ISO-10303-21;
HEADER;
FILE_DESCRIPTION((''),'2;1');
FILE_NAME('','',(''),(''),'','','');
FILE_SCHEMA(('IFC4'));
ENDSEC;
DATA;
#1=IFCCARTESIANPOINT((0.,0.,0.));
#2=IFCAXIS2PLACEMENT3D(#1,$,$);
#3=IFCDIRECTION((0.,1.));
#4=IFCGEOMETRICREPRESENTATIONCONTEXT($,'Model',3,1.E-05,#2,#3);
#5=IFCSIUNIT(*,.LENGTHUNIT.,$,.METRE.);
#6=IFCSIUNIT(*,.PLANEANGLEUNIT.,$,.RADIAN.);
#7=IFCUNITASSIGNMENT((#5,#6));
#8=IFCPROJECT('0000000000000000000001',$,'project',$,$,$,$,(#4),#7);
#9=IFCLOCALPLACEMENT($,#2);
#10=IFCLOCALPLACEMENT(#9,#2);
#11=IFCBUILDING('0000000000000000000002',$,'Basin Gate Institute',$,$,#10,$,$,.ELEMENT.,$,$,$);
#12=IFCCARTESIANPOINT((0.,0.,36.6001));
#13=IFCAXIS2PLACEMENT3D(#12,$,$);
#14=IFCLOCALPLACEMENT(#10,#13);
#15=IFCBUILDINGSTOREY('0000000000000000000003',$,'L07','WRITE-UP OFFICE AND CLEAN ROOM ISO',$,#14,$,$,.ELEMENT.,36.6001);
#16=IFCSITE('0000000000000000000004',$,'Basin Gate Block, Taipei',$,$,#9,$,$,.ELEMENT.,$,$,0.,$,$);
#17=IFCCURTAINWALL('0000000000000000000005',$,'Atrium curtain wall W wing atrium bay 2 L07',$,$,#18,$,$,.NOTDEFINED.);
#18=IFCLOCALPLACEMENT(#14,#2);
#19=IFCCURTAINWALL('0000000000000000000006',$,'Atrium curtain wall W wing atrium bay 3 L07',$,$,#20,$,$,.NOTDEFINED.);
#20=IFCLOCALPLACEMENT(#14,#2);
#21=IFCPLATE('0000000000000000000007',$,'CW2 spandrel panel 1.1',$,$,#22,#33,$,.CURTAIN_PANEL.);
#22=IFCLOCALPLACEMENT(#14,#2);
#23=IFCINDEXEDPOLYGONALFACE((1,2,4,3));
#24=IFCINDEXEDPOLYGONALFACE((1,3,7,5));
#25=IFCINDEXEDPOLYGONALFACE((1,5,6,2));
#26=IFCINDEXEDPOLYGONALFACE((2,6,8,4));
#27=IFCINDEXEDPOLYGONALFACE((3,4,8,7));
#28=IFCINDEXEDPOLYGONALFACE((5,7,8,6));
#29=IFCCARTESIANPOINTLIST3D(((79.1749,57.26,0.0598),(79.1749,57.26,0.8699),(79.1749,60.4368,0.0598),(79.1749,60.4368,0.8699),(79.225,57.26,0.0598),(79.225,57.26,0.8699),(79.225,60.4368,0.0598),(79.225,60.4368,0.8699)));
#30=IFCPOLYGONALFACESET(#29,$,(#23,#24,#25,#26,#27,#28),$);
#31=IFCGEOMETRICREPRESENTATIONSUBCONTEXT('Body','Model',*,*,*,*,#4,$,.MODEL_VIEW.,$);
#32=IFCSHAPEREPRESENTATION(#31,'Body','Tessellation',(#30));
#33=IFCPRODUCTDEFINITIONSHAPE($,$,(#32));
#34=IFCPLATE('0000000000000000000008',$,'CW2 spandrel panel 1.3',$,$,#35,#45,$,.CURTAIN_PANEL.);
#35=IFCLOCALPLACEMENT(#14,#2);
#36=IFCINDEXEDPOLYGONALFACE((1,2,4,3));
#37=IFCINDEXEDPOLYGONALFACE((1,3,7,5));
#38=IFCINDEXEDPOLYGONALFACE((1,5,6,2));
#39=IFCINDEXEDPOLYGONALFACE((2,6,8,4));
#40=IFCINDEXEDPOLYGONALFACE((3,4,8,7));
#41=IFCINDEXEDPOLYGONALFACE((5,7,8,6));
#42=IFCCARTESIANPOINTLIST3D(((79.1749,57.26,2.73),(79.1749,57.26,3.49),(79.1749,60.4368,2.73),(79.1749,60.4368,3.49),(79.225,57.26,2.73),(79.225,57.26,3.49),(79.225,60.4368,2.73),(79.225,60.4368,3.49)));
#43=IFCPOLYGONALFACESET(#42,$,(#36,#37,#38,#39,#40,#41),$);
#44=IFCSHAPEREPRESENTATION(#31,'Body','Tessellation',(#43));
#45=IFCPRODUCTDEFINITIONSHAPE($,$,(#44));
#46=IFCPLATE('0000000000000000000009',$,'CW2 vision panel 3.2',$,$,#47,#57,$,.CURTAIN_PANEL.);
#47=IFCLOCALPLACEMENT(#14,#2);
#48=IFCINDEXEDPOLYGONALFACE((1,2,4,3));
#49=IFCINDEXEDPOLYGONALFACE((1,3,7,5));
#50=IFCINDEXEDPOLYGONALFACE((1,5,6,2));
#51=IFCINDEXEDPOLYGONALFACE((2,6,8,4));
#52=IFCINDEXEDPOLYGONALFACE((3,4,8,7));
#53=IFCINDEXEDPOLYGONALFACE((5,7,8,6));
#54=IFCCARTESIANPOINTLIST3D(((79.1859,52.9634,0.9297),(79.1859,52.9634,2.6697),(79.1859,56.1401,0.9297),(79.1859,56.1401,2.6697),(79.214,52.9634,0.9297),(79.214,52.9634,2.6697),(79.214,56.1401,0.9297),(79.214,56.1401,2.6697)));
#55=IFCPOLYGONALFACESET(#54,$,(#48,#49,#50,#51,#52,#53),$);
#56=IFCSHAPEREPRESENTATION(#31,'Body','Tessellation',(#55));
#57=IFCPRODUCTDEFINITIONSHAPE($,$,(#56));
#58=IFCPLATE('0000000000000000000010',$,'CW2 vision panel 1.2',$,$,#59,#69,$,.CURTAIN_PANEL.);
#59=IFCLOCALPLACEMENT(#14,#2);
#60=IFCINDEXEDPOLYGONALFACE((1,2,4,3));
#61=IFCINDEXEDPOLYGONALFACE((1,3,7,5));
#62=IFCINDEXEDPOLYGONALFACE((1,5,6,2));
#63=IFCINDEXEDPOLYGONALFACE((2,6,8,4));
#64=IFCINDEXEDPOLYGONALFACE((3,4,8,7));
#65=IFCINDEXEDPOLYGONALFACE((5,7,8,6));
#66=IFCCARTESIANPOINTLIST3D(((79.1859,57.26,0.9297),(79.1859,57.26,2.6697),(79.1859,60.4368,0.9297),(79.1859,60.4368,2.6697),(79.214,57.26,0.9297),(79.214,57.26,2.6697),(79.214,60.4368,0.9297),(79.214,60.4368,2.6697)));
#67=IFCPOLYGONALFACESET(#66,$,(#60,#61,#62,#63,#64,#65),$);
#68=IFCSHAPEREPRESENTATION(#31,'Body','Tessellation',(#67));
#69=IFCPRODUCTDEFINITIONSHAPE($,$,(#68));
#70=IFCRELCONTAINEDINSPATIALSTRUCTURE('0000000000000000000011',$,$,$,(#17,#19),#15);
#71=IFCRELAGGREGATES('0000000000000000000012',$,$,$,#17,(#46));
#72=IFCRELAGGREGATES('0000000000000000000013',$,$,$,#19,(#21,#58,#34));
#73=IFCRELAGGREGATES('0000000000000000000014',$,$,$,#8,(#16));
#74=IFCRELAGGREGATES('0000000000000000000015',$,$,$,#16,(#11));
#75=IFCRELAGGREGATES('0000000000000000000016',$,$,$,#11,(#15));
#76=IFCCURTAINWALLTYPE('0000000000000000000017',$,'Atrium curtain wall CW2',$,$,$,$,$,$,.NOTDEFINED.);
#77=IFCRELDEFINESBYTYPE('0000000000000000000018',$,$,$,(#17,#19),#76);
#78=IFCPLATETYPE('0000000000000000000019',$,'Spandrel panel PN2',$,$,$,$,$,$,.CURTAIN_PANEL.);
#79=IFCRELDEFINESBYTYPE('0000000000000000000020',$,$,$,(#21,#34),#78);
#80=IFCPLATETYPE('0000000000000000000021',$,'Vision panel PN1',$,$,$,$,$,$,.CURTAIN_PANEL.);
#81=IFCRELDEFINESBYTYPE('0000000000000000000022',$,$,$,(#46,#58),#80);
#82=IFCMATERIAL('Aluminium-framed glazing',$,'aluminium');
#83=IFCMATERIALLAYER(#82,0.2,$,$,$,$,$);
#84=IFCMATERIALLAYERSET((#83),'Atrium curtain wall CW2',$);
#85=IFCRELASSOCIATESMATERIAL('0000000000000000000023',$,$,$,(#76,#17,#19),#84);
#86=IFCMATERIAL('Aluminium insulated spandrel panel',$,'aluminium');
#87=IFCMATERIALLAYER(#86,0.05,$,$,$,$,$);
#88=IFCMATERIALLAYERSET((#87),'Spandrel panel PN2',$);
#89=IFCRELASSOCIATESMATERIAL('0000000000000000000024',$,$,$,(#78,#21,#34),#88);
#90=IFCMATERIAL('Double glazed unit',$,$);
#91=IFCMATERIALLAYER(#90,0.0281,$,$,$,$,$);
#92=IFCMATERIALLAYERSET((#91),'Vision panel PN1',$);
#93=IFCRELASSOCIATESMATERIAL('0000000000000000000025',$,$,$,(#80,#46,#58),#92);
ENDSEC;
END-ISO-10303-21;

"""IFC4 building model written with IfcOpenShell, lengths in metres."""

from ifc_helpers import new_model, si_unit, direction, frame, origin, origin_2d, place, context, subcontext, project, spatial, rectangle, extrude, material, layer, layer_set, type_object, element, aggregate, save


model = new_model("IFC4")

# Units and contexts
model_context = context("Model", 3, precision=1e-05, world=origin(), true_north=direction((0.0, 1.0)))
body_context = subcontext(model_context, "Body", "Model", "MODEL_VIEW")
ifc_project = project(units=[si_unit("LENGTHUNIT", "METRE"), si_unit("PLANEANGLEUNIT", "RADIAN")], contexts=[model_context])

# Site, building, storey
site_placement = place(None, origin())
site = spatial("IfcSite", under=ifc_project, at=site_placement, Name="Basin Gate Block, Taipei", CompositionType="ELEMENT", RefElevation=0.0)
building_placement = place(site_placement, origin())
building = spatial("IfcBuilding", under=site, at=building_placement, Name="Basin Gate Institute", CompositionType="ELEMENT")
storey_placement = place(building_placement, frame((0.0, 0.0, 36.6001)))
storey = spatial("IfcBuildingStorey", under=building, at=storey_placement, Name="L07", Description="WRITE-UP OFFICE AND CLEAN ROOM ISO", CompositionType="ELEMENT", Elevation=36.6001)

# Curtain walls
ifc_material_1 = material(Name="Aluminium-framed glazing", Category="aluminium")
ifc_layer_1 = layer(ifc_material_1, 0.2)
ifc_layer_set_1 = layer_set([ifc_layer_1], Name="Atrium curtain wall CW2")
curtain_wall_type = type_object("IfcCurtainWallType", Name="Atrium curtain wall CW2", PredefinedType="NOTDEFINED", material=ifc_layer_set_1)
curtain_wall_1_placement = place(storey_placement, origin())
curtain_wall_1 = element("IfcCurtainWall", 1, at=curtain_wall_1_placement, inside=storey, type_object=curtain_wall_type, material=ifc_layer_set_1, Name="Atrium curtain wall W wing atrium bay 2 L07", PredefinedType="NOTDEFINED")
curtain_wall_2_placement = place(storey_placement, origin())
curtain_wall_2 = element("IfcCurtainWall", 2, at=curtain_wall_2_placement, inside=storey, type_object=curtain_wall_type, material=ifc_layer_set_1, Name="Atrium curtain wall W wing atrium bay 3 L07", PredefinedType="NOTDEFINED")

# Plates
ifc_material_2 = material(Name="Aluminium insulated spandrel panel", Category="aluminium")
ifc_layer_2 = layer(ifc_material_2, 0.05)
ifc_layer_set_2 = layer_set([ifc_layer_2], Name="Spandrel panel PN2")
plate_type_1 = type_object("IfcPlateType", Name="Spandrel panel PN2", PredefinedType="CURTAIN_PANEL", material=ifc_layer_set_2)
plate_1_placement = place(storey_placement, frame((79.2, 58.8484, 0.0598), z_axis=(0.0, 0.0, 1.0), x_axis=(0.0, 1.0, 0.0)))
plate_1 = element("IfcPlate", 3, at=plate_1_placement, type_object=plate_type_1, material=ifc_layer_set_2, Name="CW2 spandrel panel 1.1", PredefinedType="CURTAIN_PANEL", context=body_context, shape_type="SweptSolid", body=[
    extrude(rectangle(XDim=3.1768, YDim=0.05, at=origin_2d()), origin(), (0.0, 0.0, 1.0), 0.8101),
])
plate_2_placement = place(storey_placement, frame((79.2, 58.8484, 2.73), z_axis=(0.0, 0.0, 1.0), x_axis=(0.0, 1.0, 0.0)))
plate_2 = element("IfcPlate", 4, at=plate_2_placement, type_object=plate_type_1, material=ifc_layer_set_2, Name="CW2 spandrel panel 1.3", PredefinedType="CURTAIN_PANEL", context=body_context, shape_type="SweptSolid", body=[
    extrude(rectangle(XDim=3.1768, YDim=0.05, at=origin_2d()), origin(), (0.0, 0.0, 1.0), 0.76),
])
ifc_material_3 = material(Name="Double glazed unit")
ifc_layer_3 = layer(ifc_material_3, 0.0281)
ifc_layer_set_3 = layer_set([ifc_layer_3], Name="Vision panel PN1")
plate_type_2 = type_object("IfcPlateType", Name="Vision panel PN1", PredefinedType="CURTAIN_PANEL", material=ifc_layer_set_3)
plate_3_placement = place(storey_placement, frame((79.2, 54.5518, 0.9297), z_axis=(0.0, 0.0, 1.0), x_axis=(0.0, 1.0, 0.0)))
plate_3 = element("IfcPlate", 5, at=plate_3_placement, type_object=plate_type_2, material=ifc_layer_set_3, Name="CW2 vision panel 3.2", PredefinedType="CURTAIN_PANEL", context=body_context, shape_type="SweptSolid", body=[
    extrude(rectangle(XDim=3.1768, YDim=0.0281, at=origin_2d()), origin(), (0.0, 0.0, 1.0), 1.74),
])
aggregate(curtain_wall_1, [plate_3])
plate_4_placement = place(storey_placement, frame((79.2, 58.8484, 0.9297), z_axis=(0.0, 0.0, 1.0), x_axis=(0.0, 1.0, 0.0)))
plate_4 = element("IfcPlate", 6, at=plate_4_placement, type_object=plate_type_2, material=ifc_layer_set_3, Name="CW2 vision panel 1.2", PredefinedType="CURTAIN_PANEL", context=body_context, shape_type="SweptSolid", body=[
    extrude(rectangle(XDim=3.1768, YDim=0.0281, at=origin_2d()), origin(), (0.0, 0.0, 1.0), 1.74),
])
aggregate(curtain_wall_2, [plate_1, plate_4, plate_2])

save(model, "model.ifc")
